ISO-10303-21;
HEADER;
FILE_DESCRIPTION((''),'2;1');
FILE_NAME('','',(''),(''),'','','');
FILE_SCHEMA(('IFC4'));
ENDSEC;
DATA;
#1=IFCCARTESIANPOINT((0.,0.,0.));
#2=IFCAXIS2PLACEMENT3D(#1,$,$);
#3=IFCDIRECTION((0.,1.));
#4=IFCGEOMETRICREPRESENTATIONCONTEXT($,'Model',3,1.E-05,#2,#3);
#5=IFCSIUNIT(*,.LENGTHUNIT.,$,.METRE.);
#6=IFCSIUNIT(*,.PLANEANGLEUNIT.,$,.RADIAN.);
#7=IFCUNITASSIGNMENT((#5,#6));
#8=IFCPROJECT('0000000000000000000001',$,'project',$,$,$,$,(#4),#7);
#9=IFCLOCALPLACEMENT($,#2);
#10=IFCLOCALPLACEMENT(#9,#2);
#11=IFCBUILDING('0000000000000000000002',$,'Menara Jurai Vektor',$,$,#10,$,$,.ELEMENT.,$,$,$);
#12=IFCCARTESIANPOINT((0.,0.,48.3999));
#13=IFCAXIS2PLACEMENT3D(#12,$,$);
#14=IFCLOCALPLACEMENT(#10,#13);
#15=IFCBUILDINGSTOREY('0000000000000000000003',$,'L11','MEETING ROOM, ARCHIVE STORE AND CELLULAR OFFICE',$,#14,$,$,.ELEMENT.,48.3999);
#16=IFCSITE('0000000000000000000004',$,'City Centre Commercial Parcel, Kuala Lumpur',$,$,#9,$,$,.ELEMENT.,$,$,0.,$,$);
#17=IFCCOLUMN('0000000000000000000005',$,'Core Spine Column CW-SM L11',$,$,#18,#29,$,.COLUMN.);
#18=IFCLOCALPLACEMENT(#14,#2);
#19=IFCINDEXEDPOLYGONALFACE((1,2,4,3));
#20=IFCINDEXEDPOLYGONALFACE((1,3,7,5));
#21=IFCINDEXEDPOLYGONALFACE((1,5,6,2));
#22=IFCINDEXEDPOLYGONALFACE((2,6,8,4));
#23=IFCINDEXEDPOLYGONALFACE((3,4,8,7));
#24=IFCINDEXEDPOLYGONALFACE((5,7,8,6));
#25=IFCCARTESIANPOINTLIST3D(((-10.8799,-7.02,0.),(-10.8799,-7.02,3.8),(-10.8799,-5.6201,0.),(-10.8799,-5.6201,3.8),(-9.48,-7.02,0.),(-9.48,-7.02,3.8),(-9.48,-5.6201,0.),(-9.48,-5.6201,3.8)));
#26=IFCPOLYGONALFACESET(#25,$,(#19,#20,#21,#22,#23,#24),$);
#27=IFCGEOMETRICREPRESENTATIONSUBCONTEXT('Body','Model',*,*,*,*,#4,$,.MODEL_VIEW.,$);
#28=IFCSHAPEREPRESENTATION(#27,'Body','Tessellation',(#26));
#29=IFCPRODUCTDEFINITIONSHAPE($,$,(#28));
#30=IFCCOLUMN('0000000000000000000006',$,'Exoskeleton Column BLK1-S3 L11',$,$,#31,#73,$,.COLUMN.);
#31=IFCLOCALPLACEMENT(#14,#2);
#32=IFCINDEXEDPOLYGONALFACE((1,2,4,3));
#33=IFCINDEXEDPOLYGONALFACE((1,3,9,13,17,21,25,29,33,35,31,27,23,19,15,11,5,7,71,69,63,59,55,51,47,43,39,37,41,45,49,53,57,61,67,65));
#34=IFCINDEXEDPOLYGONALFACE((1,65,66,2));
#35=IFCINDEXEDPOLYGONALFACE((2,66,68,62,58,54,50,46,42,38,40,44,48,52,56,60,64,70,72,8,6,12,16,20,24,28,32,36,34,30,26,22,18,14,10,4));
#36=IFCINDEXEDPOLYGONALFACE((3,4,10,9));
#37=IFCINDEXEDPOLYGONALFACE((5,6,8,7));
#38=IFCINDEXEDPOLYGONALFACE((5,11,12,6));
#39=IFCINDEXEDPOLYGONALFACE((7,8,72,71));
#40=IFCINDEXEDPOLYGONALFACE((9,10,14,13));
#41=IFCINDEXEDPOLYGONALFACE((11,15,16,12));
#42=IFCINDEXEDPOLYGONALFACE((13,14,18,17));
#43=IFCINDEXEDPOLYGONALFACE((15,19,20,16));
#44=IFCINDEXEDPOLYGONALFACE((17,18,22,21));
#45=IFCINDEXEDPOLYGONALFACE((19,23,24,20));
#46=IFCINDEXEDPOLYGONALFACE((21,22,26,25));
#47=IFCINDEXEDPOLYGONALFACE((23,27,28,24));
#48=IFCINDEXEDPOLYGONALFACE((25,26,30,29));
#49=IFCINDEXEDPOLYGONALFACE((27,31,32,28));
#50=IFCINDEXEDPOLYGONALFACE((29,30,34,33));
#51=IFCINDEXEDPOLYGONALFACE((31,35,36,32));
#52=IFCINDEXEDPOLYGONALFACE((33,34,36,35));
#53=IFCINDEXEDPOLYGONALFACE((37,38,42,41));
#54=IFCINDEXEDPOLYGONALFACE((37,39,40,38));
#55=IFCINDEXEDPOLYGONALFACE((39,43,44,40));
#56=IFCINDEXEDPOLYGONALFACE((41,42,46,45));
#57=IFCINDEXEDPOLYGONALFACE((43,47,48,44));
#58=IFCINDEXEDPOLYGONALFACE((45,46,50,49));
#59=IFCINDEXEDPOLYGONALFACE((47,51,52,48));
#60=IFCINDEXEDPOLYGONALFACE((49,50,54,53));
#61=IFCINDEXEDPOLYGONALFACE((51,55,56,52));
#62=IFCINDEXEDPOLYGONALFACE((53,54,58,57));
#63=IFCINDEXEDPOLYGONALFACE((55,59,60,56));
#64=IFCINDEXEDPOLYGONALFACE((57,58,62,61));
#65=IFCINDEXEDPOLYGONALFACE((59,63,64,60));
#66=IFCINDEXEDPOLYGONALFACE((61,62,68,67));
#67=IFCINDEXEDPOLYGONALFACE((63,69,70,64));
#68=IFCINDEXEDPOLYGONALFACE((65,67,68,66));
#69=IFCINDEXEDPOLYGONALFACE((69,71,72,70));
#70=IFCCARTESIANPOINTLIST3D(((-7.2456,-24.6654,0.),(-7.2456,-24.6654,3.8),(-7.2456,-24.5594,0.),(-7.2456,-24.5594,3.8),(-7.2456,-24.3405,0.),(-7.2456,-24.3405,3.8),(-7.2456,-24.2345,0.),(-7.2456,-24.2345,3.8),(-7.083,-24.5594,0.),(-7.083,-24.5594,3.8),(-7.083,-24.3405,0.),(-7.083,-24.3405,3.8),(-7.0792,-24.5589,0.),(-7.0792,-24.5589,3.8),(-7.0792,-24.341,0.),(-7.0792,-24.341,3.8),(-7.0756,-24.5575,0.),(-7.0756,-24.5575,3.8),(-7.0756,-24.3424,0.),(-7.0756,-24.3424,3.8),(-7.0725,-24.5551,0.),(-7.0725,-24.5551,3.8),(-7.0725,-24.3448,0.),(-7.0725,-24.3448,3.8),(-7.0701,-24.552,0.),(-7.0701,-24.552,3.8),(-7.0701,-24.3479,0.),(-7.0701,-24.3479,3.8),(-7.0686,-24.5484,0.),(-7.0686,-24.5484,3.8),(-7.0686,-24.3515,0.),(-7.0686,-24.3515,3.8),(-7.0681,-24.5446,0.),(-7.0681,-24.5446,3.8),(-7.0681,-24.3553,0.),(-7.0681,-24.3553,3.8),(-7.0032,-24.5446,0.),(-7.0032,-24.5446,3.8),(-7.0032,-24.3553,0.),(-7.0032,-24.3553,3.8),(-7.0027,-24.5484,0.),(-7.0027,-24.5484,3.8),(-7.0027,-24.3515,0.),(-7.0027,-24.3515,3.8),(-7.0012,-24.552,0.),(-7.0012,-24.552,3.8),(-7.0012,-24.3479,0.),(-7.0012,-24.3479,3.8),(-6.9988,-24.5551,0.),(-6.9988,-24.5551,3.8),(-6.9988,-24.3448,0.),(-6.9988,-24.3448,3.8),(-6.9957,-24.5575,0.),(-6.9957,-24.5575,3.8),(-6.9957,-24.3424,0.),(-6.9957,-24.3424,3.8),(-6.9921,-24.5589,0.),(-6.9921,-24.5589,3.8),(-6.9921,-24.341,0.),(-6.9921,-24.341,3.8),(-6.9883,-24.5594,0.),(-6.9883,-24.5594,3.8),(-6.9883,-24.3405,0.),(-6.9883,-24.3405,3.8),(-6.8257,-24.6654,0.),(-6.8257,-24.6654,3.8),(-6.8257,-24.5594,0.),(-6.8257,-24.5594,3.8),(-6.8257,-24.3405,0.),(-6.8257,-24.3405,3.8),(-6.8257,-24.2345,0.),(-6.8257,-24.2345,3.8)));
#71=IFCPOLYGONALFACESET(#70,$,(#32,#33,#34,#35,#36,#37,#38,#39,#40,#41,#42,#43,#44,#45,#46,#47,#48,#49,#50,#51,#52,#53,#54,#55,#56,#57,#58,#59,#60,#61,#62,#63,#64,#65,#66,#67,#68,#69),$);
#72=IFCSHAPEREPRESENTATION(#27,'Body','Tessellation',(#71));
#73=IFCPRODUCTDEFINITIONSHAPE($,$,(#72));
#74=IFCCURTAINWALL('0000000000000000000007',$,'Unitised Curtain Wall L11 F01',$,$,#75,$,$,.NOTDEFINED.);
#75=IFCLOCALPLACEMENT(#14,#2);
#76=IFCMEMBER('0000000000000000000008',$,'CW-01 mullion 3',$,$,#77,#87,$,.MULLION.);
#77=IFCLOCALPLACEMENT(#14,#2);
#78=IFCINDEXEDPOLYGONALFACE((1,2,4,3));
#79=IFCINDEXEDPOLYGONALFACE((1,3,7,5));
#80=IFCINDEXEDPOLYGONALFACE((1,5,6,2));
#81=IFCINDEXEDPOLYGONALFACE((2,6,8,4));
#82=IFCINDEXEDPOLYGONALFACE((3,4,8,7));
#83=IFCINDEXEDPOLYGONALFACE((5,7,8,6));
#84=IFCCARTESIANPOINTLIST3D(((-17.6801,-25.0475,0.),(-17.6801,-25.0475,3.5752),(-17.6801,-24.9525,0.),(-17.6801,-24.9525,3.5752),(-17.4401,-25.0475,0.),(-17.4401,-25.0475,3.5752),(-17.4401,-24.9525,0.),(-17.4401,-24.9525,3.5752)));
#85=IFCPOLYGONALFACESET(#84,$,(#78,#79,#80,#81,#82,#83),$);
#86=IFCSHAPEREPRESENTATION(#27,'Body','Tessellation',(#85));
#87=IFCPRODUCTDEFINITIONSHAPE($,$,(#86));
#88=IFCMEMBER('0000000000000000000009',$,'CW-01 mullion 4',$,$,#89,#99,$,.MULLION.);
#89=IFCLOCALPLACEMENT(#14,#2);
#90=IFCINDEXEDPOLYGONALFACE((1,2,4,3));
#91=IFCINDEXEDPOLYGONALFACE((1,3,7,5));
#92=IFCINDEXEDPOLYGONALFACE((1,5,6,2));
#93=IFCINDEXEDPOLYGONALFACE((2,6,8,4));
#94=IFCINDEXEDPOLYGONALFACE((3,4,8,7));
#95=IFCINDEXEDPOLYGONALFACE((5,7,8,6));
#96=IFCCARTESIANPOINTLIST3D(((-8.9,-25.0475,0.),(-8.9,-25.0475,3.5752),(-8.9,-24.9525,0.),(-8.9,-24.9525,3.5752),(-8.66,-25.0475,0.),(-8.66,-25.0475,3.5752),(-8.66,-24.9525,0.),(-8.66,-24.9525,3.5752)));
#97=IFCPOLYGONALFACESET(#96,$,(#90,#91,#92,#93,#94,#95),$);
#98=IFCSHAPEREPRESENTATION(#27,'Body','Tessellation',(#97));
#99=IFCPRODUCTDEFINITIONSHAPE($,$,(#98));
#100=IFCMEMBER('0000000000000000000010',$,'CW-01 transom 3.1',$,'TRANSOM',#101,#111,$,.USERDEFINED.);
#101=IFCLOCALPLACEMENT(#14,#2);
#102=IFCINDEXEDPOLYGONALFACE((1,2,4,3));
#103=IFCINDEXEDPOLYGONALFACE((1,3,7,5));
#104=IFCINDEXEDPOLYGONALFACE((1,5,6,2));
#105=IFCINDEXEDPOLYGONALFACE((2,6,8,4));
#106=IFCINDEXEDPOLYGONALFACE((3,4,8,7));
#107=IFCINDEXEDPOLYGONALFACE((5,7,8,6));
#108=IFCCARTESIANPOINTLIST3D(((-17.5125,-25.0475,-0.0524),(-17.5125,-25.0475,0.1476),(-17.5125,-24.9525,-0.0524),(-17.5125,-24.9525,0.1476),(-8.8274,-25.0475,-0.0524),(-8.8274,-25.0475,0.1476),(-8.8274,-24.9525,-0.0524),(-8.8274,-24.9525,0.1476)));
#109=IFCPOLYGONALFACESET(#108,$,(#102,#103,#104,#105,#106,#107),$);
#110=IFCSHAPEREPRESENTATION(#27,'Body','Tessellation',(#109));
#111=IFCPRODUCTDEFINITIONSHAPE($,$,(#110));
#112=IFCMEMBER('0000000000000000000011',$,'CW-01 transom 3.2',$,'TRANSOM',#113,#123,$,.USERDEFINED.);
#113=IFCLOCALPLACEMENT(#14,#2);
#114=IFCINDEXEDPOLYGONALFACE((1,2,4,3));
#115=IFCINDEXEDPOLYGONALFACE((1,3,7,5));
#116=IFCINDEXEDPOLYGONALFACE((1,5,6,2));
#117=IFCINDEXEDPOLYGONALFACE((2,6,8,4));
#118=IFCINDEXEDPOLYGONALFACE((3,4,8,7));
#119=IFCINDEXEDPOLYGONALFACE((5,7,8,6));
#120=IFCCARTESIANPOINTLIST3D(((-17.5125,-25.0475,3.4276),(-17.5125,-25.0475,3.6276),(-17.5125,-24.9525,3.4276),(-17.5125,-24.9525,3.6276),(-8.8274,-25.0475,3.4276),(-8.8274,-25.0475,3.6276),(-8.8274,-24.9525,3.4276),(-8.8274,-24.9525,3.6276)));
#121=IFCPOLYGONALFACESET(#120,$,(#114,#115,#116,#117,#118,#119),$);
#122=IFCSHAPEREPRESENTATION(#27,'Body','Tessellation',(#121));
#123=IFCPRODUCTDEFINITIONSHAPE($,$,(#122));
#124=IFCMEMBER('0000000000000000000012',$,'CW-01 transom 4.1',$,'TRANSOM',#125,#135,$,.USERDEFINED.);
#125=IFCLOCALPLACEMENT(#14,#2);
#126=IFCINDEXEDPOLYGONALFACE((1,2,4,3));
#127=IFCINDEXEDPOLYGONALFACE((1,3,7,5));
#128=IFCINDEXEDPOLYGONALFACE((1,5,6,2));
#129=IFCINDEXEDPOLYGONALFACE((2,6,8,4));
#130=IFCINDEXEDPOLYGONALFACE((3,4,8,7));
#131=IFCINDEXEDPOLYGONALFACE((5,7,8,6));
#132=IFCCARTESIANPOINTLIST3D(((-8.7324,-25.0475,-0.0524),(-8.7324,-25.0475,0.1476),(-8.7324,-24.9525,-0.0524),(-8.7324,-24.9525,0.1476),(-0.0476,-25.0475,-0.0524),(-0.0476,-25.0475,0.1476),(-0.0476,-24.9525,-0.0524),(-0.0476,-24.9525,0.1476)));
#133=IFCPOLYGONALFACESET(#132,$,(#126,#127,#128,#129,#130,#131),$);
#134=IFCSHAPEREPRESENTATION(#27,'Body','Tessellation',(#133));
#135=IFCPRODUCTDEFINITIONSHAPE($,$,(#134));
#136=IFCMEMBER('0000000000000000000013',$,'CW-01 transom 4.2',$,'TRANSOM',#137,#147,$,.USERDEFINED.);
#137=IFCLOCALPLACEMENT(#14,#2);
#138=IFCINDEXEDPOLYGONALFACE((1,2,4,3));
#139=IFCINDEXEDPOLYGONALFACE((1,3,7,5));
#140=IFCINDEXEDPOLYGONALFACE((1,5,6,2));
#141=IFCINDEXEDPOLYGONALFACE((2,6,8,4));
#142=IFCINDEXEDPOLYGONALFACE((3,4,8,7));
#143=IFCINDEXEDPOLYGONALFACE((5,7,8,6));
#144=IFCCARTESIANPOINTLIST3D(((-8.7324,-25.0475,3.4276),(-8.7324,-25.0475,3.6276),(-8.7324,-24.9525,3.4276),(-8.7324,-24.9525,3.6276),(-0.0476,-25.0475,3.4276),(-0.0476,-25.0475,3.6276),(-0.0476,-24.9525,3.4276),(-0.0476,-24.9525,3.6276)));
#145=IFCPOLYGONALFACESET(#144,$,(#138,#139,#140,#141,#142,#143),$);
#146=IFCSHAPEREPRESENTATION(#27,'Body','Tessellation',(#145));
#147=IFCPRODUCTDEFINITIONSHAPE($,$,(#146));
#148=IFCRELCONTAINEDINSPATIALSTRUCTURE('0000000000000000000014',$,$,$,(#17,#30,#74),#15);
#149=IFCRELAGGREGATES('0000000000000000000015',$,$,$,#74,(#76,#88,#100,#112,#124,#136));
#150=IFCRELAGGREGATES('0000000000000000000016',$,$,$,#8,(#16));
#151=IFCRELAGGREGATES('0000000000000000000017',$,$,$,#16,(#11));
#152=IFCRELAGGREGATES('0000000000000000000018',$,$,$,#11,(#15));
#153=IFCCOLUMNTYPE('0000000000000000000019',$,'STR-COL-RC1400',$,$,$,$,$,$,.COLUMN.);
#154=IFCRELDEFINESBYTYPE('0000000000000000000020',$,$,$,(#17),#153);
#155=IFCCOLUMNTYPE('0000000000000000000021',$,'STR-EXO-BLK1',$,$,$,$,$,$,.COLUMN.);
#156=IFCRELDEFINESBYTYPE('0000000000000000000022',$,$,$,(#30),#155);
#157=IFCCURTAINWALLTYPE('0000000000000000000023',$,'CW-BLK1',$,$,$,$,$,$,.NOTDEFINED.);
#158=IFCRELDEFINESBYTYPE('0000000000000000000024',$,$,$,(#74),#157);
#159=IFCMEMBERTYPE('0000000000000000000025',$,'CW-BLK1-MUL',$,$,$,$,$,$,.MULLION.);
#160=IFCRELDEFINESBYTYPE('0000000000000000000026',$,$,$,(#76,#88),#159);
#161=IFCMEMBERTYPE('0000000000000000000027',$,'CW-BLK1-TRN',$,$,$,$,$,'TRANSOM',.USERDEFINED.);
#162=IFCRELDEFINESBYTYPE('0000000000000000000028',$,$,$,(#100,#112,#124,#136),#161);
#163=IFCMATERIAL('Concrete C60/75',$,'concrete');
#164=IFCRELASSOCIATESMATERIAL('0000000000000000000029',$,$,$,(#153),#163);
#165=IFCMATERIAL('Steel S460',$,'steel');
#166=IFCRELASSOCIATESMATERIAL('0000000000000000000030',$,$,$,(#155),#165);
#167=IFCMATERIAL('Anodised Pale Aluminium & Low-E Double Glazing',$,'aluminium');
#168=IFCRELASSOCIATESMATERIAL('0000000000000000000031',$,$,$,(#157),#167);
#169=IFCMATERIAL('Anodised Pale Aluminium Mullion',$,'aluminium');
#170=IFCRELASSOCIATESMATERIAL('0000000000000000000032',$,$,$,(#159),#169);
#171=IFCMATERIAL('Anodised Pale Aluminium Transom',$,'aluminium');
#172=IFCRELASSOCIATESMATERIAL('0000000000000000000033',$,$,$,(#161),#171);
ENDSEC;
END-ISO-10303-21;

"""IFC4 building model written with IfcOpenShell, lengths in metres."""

from ifc_helpers import new_model, si_unit, direction, frame, origin, origin_2d, place, context, subcontext, project, spatial, rectangle, i_section, extrude, material, material_profile, profile_set, type_object, element, aggregate, save


model = new_model("IFC4")

# Units and contexts
model_context = context("Model", 3, precision=1e-05, world=origin(), true_north=direction((0.0, 1.0)))
body_context = subcontext(model_context, "Body", "Model", "MODEL_VIEW")
ifc_project = project(units=[si_unit("LENGTHUNIT", "METRE"), si_unit("PLANEANGLEUNIT", "RADIAN")], contexts=[model_context])

# Site, building, storey
site_placement = place(None, origin())
site = spatial("IfcSite", under=ifc_project, at=site_placement, Name="City Centre Commercial Parcel, Kuala Lumpur", CompositionType="ELEMENT", RefElevation=0.0)
building_placement = place(site_placement, origin())
building = spatial("IfcBuilding", under=site, at=building_placement, Name="Menara Jurai Vektor", CompositionType="ELEMENT")
storey_placement = place(building_placement, frame((0.0, 0.0, 48.3999)))
storey = spatial("IfcBuildingStorey", under=building, at=storey_placement, Name="L11", Description="MEETING ROOM, ARCHIVE STORE AND CELLULAR OFFICE", CompositionType="ELEMENT", Elevation=48.3999)

# Columns
ifc_material_1 = material(Name="Concrete C60/75", Category="concrete")
ifc_material_profile_1 = material_profile(ifc_material_1, rectangle(XDim=1.3999, YDim=1.3999, at=origin_2d()), Name="RC 1400x1400")
ifc_profile_set_1 = profile_set([ifc_material_profile_1], Name="Concrete C60/75")
column_type_1 = type_object("IfcColumnType", Name="STR-COL-RC1400", PredefinedType="COLUMN", material=ifc_profile_set_1)
column_1_placement = place(storey_placement, frame((-10.1799, -6.3201, 0.0), z_axis=(0.0, 0.0, 1.0), x_axis=(1.0, 0.0, 0.0)))
element("IfcColumn", 1, at=column_1_placement, inside=storey, type_object=column_type_1, Name="Core Spine Column CW-SM L11", PredefinedType="COLUMN", context=body_context, shape_type="SweptSolid", body=[
    extrude(rectangle(XDim=1.3999, YDim=1.3999, at=origin_2d()), origin(), (0.0, 0.0, 1.0), 3.8),
])
ifc_material_2 = material(Name="Steel S460", Category="steel")
ifc_material_profile_2 = material_profile(ifc_material_2, i_section(OverallWidth=0.4199, OverallDepth=0.4309, WebThickness=0.0649, FlangeThickness=0.106, FilletRadius=0.0149, at=origin_2d()), Name="HD 400x900")
ifc_profile_set_2 = profile_set([ifc_material_profile_2], Name="Steel S460")
column_type_2 = type_object("IfcColumnType", Name="STR-EXO-BLK1", PredefinedType="COLUMN", material=ifc_profile_set_2)
column_2_placement = place(storey_placement, frame((-7.0356, -24.45, 0.0), z_axis=(0.0, 0.0, 1.0), x_axis=(1.0, 0.0, 0.0)))
element("IfcColumn", 2, at=column_2_placement, inside=storey, type_object=column_type_2, Name="Exoskeleton Column BLK1-S3 L11", PredefinedType="COLUMN", context=body_context, shape_type="SweptSolid", body=[
    extrude(i_section(OverallWidth=0.4199, OverallDepth=0.4309, WebThickness=0.0649, FlangeThickness=0.106, FilletRadius=0.0149, at=origin_2d()), origin(), (0.0, 0.0, 1.0), 3.8),
])

# Curtain wall, members
ifc_material_3 = material(Name="Anodised Pale Aluminium & Low-E Double Glazing", Category="aluminium")
curtain_wall_type = type_object("IfcCurtainWallType", Name="CW-BLK1", PredefinedType="NOTDEFINED", material=ifc_material_3)
curtain_wall_placement = place(storey_placement, origin())
curtain_wall = element("IfcCurtainWall", 3, at=curtain_wall_placement, inside=storey, type_object=curtain_wall_type, Name="Unitised Curtain Wall L11 F01", PredefinedType="NOTDEFINED")
ifc_material_4 = material(Name="Anodised Pale Aluminium Mullion", Category="aluminium")
ifc_material_profile_3 = material_profile(ifc_material_4, rectangle(XDim=0.095, YDim=0.24, at=origin_2d()), Name="ALU MUL 95x240")
ifc_profile_set_3 = profile_set([ifc_material_profile_3], Name="Anodised Pale Aluminium Mullion")
member_type_1 = type_object("IfcMemberType", Name="CW-BLK1-MUL", PredefinedType="MULLION", material=ifc_profile_set_3)
member_1_placement = place(storey_placement, frame((-17.5601, -25.0, 0.0), z_axis=(0.0, 0.0, 1.0), x_axis=(0.0, 1.0, 0.0)))
member_1 = element("IfcMember", 4, at=member_1_placement, type_object=member_type_1, Name="CW-01 mullion 3", PredefinedType="MULLION", context=body_context, shape_type="SweptSolid", body=[
    extrude(rectangle(XDim=0.095, YDim=0.24, at=origin_2d()), origin(), (0.0, 0.0, 1.0), 3.5752),
])
member_2_placement = place(storey_placement, frame((-8.78, -25.0, 0.0), z_axis=(0.0, 0.0, 1.0), x_axis=(0.0, 1.0, 0.0)))
member_2 = element("IfcMember", 5, at=member_2_placement, type_object=member_type_1, Name="CW-01 mullion 4", PredefinedType="MULLION", context=body_context, shape_type="SweptSolid", body=[
    extrude(rectangle(XDim=0.095, YDim=0.24, at=origin_2d()), origin(), (0.0, 0.0, 1.0), 3.5752),
])
ifc_material_5 = material(Name="Anodised Pale Aluminium Transom", Category="aluminium")
ifc_material_profile_4 = material_profile(ifc_material_5, rectangle(XDim=0.095, YDim=0.2, at=origin_2d()), Name="ALU TRN 95x200")
ifc_profile_set_4 = profile_set([ifc_material_profile_4], Name="Anodised Pale Aluminium Transom")
member_type_2 = type_object("IfcMemberType", Name="CW-BLK1-TRN", ElementType="TRANSOM", PredefinedType="USERDEFINED", material=ifc_profile_set_4)
member_3_placement = place(storey_placement, frame((-17.5125, -25.0, 0.0476), z_axis=(1.0, 0.0, 0.0), x_axis=(0.0, 1.0, 0.0)))
member_3 = element("IfcMember", 6, at=member_3_placement, type_object=member_type_2, Name="CW-01 transom 3.1", ObjectType="TRANSOM", PredefinedType="USERDEFINED", context=body_context, shape_type="SweptSolid", body=[
    extrude(rectangle(XDim=0.095, YDim=0.2, at=origin_2d()), origin(), (0.0, 0.0, 1.0), 8.6851),
])
member_4_placement = place(storey_placement, frame((-17.5125, -25.0, 3.5276), z_axis=(1.0, 0.0, 0.0), x_axis=(0.0, 1.0, 0.0)))
member_4 = element("IfcMember", 7, at=member_4_placement, type_object=member_type_2, Name="CW-01 transom 3.2", ObjectType="TRANSOM", PredefinedType="USERDEFINED", context=body_context, shape_type="SweptSolid", body=[
    extrude(rectangle(XDim=0.095, YDim=0.2, at=origin_2d()), origin(), (0.0, 0.0, 1.0), 8.6851),
])
member_5_placement = place(storey_placement, frame((-8.7324, -25.0, 0.0476), z_axis=(1.0, 0.0, 0.0), x_axis=(0.0, 1.0, 0.0)))
member_5 = element("IfcMember", 8, at=member_5_placement, type_object=member_type_2, Name="CW-01 transom 4.1", ObjectType="TRANSOM", PredefinedType="USERDEFINED", context=body_context, shape_type="SweptSolid", body=[
    extrude(rectangle(XDim=0.095, YDim=0.2, at=origin_2d()), origin(), (0.0, 0.0, 1.0), 8.6848),
])
member_6_placement = place(storey_placement, frame((-8.7324, -25.0, 3.5276), z_axis=(1.0, 0.0, 0.0), x_axis=(0.0, 1.0, 0.0)))
member_6 = element("IfcMember", 9, at=member_6_placement, type_object=member_type_2, Name="CW-01 transom 4.2", ObjectType="TRANSOM", PredefinedType="USERDEFINED", context=body_context, shape_type="SweptSolid", body=[
    extrude(rectangle(XDim=0.095, YDim=0.2, at=origin_2d()), origin(), (0.0, 0.0, 1.0), 8.6848),
])

aggregate(curtain_wall, [member_1, member_2, member_3, member_4, member_5, member_6])

save(model, "model.ifc")
